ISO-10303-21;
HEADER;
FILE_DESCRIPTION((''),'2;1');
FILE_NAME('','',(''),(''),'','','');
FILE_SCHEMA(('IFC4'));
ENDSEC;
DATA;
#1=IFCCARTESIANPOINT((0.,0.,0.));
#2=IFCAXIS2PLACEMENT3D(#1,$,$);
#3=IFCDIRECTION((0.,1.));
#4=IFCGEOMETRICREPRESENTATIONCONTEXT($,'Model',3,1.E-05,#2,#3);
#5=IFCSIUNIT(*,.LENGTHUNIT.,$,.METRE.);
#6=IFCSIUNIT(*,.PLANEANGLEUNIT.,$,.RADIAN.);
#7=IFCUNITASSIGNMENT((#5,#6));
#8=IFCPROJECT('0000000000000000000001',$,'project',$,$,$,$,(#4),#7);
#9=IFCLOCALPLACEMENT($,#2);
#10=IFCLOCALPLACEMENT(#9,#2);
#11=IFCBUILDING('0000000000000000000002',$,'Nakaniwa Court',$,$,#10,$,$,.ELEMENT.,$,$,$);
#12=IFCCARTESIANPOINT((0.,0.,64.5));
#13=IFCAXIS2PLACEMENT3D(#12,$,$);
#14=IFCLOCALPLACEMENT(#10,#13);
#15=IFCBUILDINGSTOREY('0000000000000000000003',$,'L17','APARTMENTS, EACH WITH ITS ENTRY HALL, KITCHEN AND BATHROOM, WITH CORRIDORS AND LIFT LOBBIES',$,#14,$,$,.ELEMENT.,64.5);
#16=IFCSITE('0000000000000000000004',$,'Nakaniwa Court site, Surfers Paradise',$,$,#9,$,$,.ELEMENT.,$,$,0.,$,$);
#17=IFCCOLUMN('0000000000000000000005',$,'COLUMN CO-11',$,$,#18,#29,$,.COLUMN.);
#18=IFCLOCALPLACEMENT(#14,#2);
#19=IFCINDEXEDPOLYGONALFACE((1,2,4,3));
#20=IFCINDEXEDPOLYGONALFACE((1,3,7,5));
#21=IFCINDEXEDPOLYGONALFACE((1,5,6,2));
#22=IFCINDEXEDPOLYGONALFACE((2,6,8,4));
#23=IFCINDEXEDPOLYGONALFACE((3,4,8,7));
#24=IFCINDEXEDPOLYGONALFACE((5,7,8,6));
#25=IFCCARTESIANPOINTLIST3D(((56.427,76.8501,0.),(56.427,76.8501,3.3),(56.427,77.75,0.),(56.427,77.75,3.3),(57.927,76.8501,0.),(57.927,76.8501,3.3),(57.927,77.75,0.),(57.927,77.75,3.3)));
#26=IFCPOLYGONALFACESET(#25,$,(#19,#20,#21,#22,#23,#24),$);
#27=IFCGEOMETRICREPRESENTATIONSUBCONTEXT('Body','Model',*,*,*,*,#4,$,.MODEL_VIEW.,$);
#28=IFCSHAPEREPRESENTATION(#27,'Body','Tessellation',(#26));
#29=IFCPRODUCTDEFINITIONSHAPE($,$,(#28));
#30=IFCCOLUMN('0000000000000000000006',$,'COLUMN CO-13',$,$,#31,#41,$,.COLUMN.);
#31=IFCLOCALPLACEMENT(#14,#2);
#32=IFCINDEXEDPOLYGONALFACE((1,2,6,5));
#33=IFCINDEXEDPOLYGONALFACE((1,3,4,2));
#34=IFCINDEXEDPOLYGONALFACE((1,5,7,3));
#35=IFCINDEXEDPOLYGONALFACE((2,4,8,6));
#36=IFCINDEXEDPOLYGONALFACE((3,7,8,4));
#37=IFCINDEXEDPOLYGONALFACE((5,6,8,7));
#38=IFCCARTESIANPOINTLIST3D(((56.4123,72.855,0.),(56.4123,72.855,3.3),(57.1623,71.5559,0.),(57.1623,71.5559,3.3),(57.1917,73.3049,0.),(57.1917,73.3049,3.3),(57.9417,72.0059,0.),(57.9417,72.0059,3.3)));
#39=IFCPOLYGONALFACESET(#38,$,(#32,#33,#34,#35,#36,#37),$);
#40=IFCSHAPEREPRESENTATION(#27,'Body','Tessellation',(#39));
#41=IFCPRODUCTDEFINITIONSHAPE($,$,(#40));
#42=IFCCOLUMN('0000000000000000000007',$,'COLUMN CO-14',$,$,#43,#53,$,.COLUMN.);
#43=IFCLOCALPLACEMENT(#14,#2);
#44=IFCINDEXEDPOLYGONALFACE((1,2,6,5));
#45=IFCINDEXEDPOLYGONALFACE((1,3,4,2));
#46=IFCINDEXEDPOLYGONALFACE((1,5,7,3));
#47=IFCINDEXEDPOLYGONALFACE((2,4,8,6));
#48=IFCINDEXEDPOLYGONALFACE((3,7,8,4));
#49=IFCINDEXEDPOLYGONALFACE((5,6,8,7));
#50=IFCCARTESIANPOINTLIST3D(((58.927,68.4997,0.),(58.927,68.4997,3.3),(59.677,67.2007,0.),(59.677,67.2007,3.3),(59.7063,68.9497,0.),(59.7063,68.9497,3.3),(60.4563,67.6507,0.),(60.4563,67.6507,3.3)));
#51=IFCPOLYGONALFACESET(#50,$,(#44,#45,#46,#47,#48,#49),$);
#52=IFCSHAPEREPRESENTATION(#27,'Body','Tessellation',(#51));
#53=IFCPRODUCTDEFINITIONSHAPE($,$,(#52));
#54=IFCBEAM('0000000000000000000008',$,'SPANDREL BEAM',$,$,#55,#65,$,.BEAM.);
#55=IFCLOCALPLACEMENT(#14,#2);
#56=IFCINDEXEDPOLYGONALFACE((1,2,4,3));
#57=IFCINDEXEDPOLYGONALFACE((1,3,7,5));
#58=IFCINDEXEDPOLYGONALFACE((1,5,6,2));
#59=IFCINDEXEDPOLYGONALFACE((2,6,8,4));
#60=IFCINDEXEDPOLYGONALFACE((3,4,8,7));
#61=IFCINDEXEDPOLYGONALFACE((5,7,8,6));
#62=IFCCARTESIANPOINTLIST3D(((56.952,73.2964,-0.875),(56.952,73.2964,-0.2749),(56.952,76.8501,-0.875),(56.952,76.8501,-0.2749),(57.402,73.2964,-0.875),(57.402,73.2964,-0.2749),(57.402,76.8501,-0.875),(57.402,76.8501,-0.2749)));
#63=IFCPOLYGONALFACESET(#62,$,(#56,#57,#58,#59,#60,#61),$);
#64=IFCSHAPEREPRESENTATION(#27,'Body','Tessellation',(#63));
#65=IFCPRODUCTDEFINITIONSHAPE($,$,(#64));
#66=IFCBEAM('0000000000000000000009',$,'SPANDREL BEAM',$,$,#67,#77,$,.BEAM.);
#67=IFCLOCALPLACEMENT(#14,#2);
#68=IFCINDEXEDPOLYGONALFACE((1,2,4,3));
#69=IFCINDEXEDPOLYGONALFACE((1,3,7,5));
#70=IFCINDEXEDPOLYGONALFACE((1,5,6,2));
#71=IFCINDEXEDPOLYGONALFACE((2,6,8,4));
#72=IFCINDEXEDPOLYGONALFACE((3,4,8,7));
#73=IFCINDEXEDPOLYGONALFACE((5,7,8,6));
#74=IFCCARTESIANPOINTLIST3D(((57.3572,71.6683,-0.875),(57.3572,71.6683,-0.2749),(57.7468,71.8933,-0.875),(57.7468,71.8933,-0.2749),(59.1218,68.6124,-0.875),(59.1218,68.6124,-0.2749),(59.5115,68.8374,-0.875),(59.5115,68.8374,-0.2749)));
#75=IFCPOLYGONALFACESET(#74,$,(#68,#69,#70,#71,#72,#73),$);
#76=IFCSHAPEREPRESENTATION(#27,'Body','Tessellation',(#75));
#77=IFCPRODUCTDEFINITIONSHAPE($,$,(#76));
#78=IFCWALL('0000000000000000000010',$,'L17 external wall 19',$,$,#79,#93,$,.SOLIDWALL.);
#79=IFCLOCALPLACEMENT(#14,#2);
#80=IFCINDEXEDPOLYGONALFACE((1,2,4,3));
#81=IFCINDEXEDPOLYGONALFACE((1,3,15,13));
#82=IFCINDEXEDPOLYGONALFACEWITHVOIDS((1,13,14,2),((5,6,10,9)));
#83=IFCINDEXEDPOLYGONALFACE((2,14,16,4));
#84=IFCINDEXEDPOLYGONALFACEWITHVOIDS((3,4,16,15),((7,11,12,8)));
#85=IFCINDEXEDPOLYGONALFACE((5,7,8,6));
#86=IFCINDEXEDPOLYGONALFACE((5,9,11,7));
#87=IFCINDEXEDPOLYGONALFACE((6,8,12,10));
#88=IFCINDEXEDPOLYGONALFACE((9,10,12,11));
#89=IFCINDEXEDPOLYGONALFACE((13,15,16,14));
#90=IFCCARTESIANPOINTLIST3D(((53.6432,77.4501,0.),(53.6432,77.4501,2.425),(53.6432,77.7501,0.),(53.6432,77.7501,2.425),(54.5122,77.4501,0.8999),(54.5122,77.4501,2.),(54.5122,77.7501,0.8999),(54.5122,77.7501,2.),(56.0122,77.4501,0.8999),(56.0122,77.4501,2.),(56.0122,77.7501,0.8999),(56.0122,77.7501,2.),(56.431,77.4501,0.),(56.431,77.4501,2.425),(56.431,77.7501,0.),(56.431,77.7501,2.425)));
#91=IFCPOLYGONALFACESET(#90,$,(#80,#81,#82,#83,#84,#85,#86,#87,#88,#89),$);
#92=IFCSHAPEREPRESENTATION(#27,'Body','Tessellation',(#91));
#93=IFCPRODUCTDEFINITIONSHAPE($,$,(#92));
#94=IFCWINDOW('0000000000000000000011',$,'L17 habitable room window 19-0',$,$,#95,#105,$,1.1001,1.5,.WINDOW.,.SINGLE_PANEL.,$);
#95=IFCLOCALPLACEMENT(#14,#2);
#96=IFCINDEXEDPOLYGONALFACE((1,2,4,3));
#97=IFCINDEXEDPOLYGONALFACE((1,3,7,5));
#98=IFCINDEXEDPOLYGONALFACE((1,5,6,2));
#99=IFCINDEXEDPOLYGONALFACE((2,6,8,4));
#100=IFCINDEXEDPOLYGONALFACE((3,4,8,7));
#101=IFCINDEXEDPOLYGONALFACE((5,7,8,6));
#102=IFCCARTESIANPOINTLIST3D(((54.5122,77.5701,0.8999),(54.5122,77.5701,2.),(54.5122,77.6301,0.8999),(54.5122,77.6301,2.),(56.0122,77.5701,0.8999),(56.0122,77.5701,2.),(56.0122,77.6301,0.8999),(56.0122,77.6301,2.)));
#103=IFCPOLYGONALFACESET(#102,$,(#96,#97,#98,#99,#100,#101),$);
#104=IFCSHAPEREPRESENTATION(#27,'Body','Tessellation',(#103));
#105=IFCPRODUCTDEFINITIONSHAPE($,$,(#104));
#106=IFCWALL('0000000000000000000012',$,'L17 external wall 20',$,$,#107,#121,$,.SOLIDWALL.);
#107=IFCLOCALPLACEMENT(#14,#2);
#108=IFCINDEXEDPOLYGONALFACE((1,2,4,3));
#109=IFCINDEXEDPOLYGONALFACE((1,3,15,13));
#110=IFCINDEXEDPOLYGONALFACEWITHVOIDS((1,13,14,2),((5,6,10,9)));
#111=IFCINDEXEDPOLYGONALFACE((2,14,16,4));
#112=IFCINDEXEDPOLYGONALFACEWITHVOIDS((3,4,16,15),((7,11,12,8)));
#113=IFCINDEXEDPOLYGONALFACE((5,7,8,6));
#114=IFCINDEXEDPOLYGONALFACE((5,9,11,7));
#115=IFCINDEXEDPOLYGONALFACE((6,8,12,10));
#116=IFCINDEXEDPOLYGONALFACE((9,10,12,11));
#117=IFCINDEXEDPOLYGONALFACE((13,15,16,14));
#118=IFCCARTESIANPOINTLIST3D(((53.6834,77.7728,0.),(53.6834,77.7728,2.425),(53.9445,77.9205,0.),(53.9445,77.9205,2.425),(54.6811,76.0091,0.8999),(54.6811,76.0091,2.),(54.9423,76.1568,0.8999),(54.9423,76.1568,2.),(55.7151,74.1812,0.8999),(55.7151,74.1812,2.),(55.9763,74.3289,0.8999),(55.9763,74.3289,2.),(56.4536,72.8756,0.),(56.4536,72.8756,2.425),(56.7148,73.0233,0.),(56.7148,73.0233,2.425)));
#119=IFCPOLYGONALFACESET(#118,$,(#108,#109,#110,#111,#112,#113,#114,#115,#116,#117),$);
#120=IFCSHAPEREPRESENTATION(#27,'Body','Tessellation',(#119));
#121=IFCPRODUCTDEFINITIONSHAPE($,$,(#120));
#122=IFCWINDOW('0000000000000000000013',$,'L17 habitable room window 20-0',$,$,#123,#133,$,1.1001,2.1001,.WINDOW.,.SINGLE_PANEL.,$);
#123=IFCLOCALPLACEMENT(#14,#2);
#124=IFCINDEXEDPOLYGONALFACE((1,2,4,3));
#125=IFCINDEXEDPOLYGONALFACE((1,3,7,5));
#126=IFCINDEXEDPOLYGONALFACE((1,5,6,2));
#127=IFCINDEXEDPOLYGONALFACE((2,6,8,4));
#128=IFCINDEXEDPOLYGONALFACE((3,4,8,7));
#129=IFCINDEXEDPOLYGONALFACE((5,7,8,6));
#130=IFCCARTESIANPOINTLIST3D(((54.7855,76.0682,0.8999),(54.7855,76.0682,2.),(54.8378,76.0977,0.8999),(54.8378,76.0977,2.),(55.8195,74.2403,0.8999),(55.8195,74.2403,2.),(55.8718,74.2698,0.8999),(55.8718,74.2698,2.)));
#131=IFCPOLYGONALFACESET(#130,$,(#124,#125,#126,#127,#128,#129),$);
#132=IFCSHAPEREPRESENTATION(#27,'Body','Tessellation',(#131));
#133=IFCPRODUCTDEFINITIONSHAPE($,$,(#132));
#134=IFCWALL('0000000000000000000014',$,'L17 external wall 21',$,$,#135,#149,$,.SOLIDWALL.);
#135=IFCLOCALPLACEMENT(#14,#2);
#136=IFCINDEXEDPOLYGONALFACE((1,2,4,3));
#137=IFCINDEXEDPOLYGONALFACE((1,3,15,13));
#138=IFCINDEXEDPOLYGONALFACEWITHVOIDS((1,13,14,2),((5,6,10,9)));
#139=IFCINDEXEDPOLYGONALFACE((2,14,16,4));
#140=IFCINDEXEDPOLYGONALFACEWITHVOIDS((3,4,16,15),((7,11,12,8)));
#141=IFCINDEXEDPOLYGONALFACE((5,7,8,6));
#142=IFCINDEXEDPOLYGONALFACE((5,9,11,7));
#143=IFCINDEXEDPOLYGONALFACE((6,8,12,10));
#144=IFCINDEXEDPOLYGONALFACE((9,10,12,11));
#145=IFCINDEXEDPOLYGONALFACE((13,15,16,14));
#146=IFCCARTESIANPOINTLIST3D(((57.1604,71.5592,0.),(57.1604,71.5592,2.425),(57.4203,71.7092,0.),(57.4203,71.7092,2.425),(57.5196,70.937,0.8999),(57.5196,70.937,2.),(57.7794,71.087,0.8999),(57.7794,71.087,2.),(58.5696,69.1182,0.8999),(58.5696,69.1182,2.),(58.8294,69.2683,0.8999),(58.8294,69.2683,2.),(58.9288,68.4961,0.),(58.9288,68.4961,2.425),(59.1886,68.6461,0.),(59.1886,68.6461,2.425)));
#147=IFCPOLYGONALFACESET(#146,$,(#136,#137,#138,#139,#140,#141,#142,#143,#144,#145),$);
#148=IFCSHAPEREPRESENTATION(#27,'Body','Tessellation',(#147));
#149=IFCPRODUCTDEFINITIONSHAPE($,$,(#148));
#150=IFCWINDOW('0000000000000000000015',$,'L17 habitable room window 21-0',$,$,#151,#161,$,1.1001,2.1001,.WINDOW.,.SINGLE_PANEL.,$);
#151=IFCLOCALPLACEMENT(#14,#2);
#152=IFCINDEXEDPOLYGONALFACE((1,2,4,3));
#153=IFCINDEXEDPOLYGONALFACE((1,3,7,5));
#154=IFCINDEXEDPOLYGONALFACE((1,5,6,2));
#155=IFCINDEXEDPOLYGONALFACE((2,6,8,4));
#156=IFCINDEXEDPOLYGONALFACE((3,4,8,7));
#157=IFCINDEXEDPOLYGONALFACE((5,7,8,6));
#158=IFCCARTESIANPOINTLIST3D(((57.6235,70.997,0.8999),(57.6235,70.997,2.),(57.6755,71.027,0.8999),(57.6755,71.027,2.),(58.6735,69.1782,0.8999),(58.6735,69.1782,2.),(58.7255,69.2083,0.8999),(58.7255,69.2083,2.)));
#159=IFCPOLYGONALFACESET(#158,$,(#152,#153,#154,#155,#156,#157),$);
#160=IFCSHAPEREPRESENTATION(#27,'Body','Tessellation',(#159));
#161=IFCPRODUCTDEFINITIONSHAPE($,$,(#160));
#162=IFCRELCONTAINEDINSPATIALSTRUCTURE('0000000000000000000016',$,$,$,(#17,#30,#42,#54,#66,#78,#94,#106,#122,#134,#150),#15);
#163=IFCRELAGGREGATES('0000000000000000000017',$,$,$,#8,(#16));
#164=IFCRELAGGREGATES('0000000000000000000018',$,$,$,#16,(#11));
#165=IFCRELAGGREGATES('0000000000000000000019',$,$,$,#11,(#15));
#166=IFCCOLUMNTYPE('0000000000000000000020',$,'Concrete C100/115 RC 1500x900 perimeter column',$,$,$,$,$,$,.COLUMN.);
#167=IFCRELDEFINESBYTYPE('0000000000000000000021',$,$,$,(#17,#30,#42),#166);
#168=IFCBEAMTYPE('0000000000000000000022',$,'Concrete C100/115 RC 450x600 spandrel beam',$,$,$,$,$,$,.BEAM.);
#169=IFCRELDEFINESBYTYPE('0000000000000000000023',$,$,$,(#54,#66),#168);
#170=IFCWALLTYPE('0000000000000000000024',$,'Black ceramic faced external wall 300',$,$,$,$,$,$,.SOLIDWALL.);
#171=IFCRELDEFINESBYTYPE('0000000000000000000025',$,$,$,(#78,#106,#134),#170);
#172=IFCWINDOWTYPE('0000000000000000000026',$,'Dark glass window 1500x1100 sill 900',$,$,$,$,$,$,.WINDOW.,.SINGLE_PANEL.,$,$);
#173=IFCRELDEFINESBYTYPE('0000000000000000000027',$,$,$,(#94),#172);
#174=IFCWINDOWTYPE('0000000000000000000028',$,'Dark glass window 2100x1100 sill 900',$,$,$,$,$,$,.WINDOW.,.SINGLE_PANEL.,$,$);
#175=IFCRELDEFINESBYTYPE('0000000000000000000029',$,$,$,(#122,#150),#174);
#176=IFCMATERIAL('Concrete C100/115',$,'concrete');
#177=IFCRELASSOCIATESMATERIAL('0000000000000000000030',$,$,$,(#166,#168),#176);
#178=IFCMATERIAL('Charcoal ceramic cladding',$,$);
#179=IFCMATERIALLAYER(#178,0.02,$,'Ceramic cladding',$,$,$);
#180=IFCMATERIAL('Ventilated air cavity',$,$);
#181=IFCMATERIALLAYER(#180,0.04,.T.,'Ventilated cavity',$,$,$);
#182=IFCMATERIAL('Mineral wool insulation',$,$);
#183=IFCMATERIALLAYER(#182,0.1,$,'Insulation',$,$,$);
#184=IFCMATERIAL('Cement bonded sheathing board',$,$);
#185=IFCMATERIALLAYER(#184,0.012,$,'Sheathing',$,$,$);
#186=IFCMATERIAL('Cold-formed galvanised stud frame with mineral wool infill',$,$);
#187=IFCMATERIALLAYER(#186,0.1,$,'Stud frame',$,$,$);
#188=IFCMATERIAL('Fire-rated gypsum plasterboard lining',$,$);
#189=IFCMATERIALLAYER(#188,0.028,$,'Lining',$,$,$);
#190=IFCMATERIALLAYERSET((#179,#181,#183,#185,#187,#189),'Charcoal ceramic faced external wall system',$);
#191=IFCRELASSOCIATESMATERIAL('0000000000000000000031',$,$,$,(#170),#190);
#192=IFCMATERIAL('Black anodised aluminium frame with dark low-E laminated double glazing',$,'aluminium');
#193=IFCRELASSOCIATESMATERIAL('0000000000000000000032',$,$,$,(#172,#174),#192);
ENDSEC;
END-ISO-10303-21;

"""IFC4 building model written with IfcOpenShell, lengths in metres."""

from ifc_helpers import new_model, si_unit, direction, frame, frame_2d, origin, origin_2d, place, context, subcontext, project, spatial, rectangle, extrude, material, layer, layer_set, material_profile, profile_set, type_object, element, fill, save


model = new_model("IFC4")

# Units and contexts
model_context = context("Model", 3, precision=1e-05, world=origin(), true_north=direction((0.0, 1.0)))
body_context = subcontext(model_context, "Body", "Model", "MODEL_VIEW")
ifc_project = project(units=[si_unit("LENGTHUNIT", "METRE"), si_unit("PLANEANGLEUNIT", "RADIAN")], contexts=[model_context])

# Site, building, storey
site_placement = place(None, origin())
site = spatial("IfcSite", under=ifc_project, at=site_placement, Name="Nakaniwa Court site, Surfers Paradise", CompositionType="ELEMENT", RefElevation=0.0)
building_placement = place(site_placement, origin())
building = spatial("IfcBuilding", under=site, at=building_placement, Name="Nakaniwa Court", CompositionType="ELEMENT")
storey_placement = place(building_placement, frame((0.0, 0.0, 64.5)))
storey = spatial("IfcBuildingStorey", under=building, at=storey_placement, Name="L17", Description="APARTMENTS, EACH WITH ITS ENTRY HALL, KITCHEN AND BATHROOM, WITH CORRIDORS AND LIFT LOBBIES", CompositionType="ELEMENT", Elevation=64.5)

# Columns
ifc_material_1 = material(Name="Concrete C100/115", Category="concrete")
ifc_material_profile_1 = material_profile(ifc_material_1, rectangle(XDim=1.5, YDim=0.8999, at=origin_2d()), Name="Concrete C100/115 RC 1500x900 perimeter column")
ifc_profile_set_1 = profile_set([ifc_material_profile_1], Name="Concrete C100/115")
column_type = type_object("IfcColumnType", Name="Concrete C100/115 RC 1500x900 perimeter column", PredefinedType="COLUMN", material=ifc_profile_set_1)
for number, where, z_axis, x_axis, name in (
    (1, (57.177, 77.3, 0.0), (0.0, 0.0, 1.0), (-1.0, 0.0, 0.0), "COLUMN CO-11"),
    (2, (57.177, 72.4304, 0.0), (0.0, 0.0, 1.0), (0.5, -0.866025, 0.0), "COLUMN CO-13"),
    (3, (59.6917, 68.0752, 0.0), (0.0, 0.0, 1.0), (0.5, -0.866025, 0.0), "COLUMN CO-14"),
):
    element("IfcColumn", number, at=place(storey_placement, frame(where, z_axis=z_axis, x_axis=x_axis)), inside=storey, type_object=column_type, Name=name, PredefinedType="COLUMN", context=body_context, shape_type="SweptSolid", body=[
        extrude(rectangle(XDim=1.5, YDim=0.8999, at=origin_2d()), origin(), (0.0, 0.0, 1.0), 3.3),
    ])

# Beams
ifc_material_profile_2 = material_profile(ifc_material_1, rectangle(XDim=0.45, YDim=0.6001, at=origin_2d()), Name="Concrete C100/115 RC 450x600 spandrel beam")
ifc_profile_set_2 = profile_set([ifc_material_profile_2], Name="Concrete C100/115")
beam_type = type_object("IfcBeamType", Name="Concrete C100/115 RC 450x600 spandrel beam", PredefinedType="BEAM", material=ifc_profile_set_2)
beam_1_placement = place(storey_placement, frame((57.177, 76.8501, -0.575), z_axis=(0.0, -1.0, 0.0), x_axis=(1.0, 0.0, 0.0)))
element("IfcBeam", 4, at=beam_1_placement, inside=storey, type_object=beam_type, Name="SPANDREL BEAM", PredefinedType="BEAM", context=body_context, shape_type="SweptSolid", body=[
    extrude(rectangle(XDim=0.45, YDim=0.6001, at=origin_2d()), origin(), (0.0, 0.0, 1.0), 3.5537),
])
beam_2_placement = place(storey_placement, frame((57.552, 71.7808, -0.575), z_axis=(0.500068, -0.865986, 0.0), x_axis=(0.865986, 0.500068, 0.0)))
element("IfcBeam", 5, at=beam_2_placement, inside=storey, type_object=beam_type, Name="SPANDREL BEAM", PredefinedType="BEAM", context=body_context, shape_type="SweptSolid", body=[
    extrude(rectangle(XDim=0.45, YDim=0.6001, at=origin_2d()), origin(), (0.0, 0.0, 1.0), 3.5288),
])

# Walls, openings, windows
ifc_material_2 = material(Name="Charcoal ceramic cladding")
ifc_layer_1 = layer(ifc_material_2, 0.02, Name="Ceramic cladding")
ifc_material_3 = material(Name="Ventilated air cavity")
ifc_layer_2 = layer(ifc_material_3, 0.04, ventilated=True, Name="Ventilated cavity")
ifc_material_4 = material(Name="Mineral wool insulation")
ifc_layer_3 = layer(ifc_material_4, 0.1, Name="Insulation")
ifc_material_5 = material(Name="Cement bonded sheathing board")
ifc_layer_4 = layer(ifc_material_5, 0.012, Name="Sheathing")
ifc_material_6 = material(Name="Cold-formed galvanised stud frame with mineral wool infill")
ifc_layer_5 = layer(ifc_material_6, 0.1, Name="Stud frame")
ifc_material_7 = material(Name="Fire-rated gypsum plasterboard lining")
ifc_layer_6 = layer(ifc_material_7, 0.028, Name="Lining")
ifc_layer_set = layer_set([ifc_layer_1, ifc_layer_2, ifc_layer_3, ifc_layer_4, ifc_layer_5, ifc_layer_6], Name="Charcoal ceramic faced external wall system")
wall_type = type_object("IfcWallType", Name="Black ceramic faced external wall 300", PredefinedType="SOLIDWALL", material=ifc_layer_set)
wall_1_placement = place(storey_placement, frame((56.4312, 77.6001, 0.0), z_axis=(0.0, 0.0, 1.0), x_axis=(-1.0, 0.0, 0.0)))
wall_1 = element("IfcWall", 6, at=wall_1_placement, inside=storey, type_object=wall_type, Name="L17 external wall 19", PredefinedType="SOLIDWALL", context=body_context, shape_type="SweptSolid", body=[
    extrude(rectangle(XDim=2.7878, YDim=0.3, at=frame_2d((1.394, 0.0))), origin(), (0.0, 0.0, 1.0), 2.425),
])
opening_1_placement = place(wall_1_placement, frame((0.4189, 0.0, 0.8999)))
opening_1 = element("IfcOpeningElement", 7, at=opening_1_placement, cuts=wall_1, PredefinedType="OPENING", context=body_context, shape_type="SweptSolid", body=[
    extrude(rectangle(XDim=1.5, YDim=1.1001, at=frame_2d((0.75, 0.55))), frame((0.0, 0.1599, 0.0), z_axis=(0.0, -1.0, 0.0), x_axis=(1.0, 0.0, 0.0)), (0.0, 0.0, 1.0), 0.3201),
])
ifc_material_8 = material(Name="Black anodised aluminium frame with dark low-E laminated double glazing", Category="aluminium")
window_type_1 = type_object("IfcWindowType", Name="Dark glass window 1500x1100 sill 900", PartitioningType="SINGLE_PANEL", PredefinedType="WINDOW", material=ifc_material_8)
window_1_placement = place(opening_1_placement, origin())
window_1 = element("IfcWindow", 8, at=window_1_placement, inside=storey, type_object=window_type_1, Name="L17 habitable room window 19-0", OverallHeight=1.1001, OverallWidth=1.5, PartitioningType="SINGLE_PANEL", PredefinedType="WINDOW", context=body_context, shape_type="SweptSolid", body=[
    extrude(rectangle(XDim=1.5, YDim=1.1001, at=frame_2d((0.75, 0.55))), frame((0.0, 0.03, 0.0), z_axis=(0.0, -1.0, 0.0), x_axis=(1.0, 0.0, 0.0)), (0.0, 0.0, 1.0), 0.0601),
])
fill(opening_1, window_1)
wall_2_placement = place(storey_placement, frame((53.814, 77.8467, 0.0), z_axis=(0.0, 0.0, 1.0), x_axis=(0.492363, -0.87039, 0.0)))
wall_2 = element("IfcWall", 9, at=wall_2_placement, inside=storey, type_object=wall_type, Name="L17 external wall 20", PredefinedType="SOLIDWALL", context=body_context, shape_type="SweptSolid", body=[
    extrude(rectangle(XDim=5.6265, YDim=0.3, at=frame_2d((2.8132, 0.0))), origin(), (0.0, 0.0, 1.0), 2.425),
])
opening_2_placement = place(wall_2_placement, frame((2.0264, 0.0, 0.8999)))
opening_2 = element("IfcOpeningElement", 10, at=opening_2_placement, cuts=wall_2, PredefinedType="OPENING", context=body_context, shape_type="SweptSolid", body=[
    extrude(rectangle(XDim=2.1001, YDim=1.1001, at=frame_2d((1.05, 0.55))), frame((0.0, 0.1599, 0.0), z_axis=(0.0, -1.0, 0.0), x_axis=(1.0, 0.0, 0.0)), (0.0, 0.0, 1.0), 0.3201),
])
window_type_2 = type_object("IfcWindowType", Name="Dark glass window 2100x1100 sill 900", PartitioningType="SINGLE_PANEL", PredefinedType="WINDOW", material=ifc_material_8)
window_2_placement = place(opening_2_placement, origin())
window_2 = element("IfcWindow", 11, at=window_2_placement, inside=storey, type_object=window_type_2, Name="L17 habitable room window 20-0", OverallHeight=1.1001, OverallWidth=2.1001, PartitioningType="SINGLE_PANEL", PredefinedType="WINDOW", context=body_context, shape_type="SweptSolid", body=[
    extrude(rectangle(XDim=2.1001, YDim=1.1001, at=frame_2d((1.05, 0.55))), frame((0.0, 0.03, 0.0), z_axis=(0.0, -1.0, 0.0), x_axis=(1.0, 0.0, 0.0)), (0.0, 0.0, 1.0), 0.0601),
])
fill(opening_2, window_2)
wall_3_placement = place(storey_placement, frame((57.2903, 71.6343, 0.0), z_axis=(0.0, 0.0, 1.0), x_axis=(0.499977, -0.866038, 0.0)))
wall_3 = element("IfcWall", 12, at=wall_3_placement, inside=storey, type_object=wall_type, Name="L17 external wall 21", PredefinedType="SOLIDWALL", context=body_context, shape_type="SweptSolid", body=[
    extrude(rectangle(XDim=3.5369, YDim=0.3, at=frame_2d((1.7686, 0.0))), origin(), (0.0, 0.0, 1.0), 2.425),
])
opening_3_placement = place(wall_3_placement, frame((0.7185, 0.0, 0.8999)))
opening_3 = element("IfcOpeningElement", 13, at=opening_3_placement, cuts=wall_3, PredefinedType="OPENING", context=body_context, shape_type="SweptSolid", body=[
    extrude(rectangle(XDim=2.1001, YDim=1.1001, at=frame_2d((1.05, 0.55))), frame((0.0, 0.1599, 0.0), z_axis=(0.0, -1.0, 0.0), x_axis=(1.0, 0.0, 0.0)), (0.0, 0.0, 1.0), 0.3201),
])
window_3_placement = place(opening_3_placement, origin())
window_3 = element("IfcWindow", 14, at=window_3_placement, inside=storey, type_object=window_type_2, Name="L17 habitable room window 21-0", OverallHeight=1.1001, OverallWidth=2.1001, PartitioningType="SINGLE_PANEL", PredefinedType="WINDOW", context=body_context, shape_type="SweptSolid", body=[
    extrude(rectangle(XDim=2.1001, YDim=1.1001, at=frame_2d((1.05, 0.55))), frame((0.0, 0.03, 0.0), z_axis=(0.0, -1.0, 0.0), x_axis=(1.0, 0.0, 0.0)), (0.0, 0.0, 1.0), 0.0601),
])
fill(opening_3, window_3)

save(model, "model.ifc")
